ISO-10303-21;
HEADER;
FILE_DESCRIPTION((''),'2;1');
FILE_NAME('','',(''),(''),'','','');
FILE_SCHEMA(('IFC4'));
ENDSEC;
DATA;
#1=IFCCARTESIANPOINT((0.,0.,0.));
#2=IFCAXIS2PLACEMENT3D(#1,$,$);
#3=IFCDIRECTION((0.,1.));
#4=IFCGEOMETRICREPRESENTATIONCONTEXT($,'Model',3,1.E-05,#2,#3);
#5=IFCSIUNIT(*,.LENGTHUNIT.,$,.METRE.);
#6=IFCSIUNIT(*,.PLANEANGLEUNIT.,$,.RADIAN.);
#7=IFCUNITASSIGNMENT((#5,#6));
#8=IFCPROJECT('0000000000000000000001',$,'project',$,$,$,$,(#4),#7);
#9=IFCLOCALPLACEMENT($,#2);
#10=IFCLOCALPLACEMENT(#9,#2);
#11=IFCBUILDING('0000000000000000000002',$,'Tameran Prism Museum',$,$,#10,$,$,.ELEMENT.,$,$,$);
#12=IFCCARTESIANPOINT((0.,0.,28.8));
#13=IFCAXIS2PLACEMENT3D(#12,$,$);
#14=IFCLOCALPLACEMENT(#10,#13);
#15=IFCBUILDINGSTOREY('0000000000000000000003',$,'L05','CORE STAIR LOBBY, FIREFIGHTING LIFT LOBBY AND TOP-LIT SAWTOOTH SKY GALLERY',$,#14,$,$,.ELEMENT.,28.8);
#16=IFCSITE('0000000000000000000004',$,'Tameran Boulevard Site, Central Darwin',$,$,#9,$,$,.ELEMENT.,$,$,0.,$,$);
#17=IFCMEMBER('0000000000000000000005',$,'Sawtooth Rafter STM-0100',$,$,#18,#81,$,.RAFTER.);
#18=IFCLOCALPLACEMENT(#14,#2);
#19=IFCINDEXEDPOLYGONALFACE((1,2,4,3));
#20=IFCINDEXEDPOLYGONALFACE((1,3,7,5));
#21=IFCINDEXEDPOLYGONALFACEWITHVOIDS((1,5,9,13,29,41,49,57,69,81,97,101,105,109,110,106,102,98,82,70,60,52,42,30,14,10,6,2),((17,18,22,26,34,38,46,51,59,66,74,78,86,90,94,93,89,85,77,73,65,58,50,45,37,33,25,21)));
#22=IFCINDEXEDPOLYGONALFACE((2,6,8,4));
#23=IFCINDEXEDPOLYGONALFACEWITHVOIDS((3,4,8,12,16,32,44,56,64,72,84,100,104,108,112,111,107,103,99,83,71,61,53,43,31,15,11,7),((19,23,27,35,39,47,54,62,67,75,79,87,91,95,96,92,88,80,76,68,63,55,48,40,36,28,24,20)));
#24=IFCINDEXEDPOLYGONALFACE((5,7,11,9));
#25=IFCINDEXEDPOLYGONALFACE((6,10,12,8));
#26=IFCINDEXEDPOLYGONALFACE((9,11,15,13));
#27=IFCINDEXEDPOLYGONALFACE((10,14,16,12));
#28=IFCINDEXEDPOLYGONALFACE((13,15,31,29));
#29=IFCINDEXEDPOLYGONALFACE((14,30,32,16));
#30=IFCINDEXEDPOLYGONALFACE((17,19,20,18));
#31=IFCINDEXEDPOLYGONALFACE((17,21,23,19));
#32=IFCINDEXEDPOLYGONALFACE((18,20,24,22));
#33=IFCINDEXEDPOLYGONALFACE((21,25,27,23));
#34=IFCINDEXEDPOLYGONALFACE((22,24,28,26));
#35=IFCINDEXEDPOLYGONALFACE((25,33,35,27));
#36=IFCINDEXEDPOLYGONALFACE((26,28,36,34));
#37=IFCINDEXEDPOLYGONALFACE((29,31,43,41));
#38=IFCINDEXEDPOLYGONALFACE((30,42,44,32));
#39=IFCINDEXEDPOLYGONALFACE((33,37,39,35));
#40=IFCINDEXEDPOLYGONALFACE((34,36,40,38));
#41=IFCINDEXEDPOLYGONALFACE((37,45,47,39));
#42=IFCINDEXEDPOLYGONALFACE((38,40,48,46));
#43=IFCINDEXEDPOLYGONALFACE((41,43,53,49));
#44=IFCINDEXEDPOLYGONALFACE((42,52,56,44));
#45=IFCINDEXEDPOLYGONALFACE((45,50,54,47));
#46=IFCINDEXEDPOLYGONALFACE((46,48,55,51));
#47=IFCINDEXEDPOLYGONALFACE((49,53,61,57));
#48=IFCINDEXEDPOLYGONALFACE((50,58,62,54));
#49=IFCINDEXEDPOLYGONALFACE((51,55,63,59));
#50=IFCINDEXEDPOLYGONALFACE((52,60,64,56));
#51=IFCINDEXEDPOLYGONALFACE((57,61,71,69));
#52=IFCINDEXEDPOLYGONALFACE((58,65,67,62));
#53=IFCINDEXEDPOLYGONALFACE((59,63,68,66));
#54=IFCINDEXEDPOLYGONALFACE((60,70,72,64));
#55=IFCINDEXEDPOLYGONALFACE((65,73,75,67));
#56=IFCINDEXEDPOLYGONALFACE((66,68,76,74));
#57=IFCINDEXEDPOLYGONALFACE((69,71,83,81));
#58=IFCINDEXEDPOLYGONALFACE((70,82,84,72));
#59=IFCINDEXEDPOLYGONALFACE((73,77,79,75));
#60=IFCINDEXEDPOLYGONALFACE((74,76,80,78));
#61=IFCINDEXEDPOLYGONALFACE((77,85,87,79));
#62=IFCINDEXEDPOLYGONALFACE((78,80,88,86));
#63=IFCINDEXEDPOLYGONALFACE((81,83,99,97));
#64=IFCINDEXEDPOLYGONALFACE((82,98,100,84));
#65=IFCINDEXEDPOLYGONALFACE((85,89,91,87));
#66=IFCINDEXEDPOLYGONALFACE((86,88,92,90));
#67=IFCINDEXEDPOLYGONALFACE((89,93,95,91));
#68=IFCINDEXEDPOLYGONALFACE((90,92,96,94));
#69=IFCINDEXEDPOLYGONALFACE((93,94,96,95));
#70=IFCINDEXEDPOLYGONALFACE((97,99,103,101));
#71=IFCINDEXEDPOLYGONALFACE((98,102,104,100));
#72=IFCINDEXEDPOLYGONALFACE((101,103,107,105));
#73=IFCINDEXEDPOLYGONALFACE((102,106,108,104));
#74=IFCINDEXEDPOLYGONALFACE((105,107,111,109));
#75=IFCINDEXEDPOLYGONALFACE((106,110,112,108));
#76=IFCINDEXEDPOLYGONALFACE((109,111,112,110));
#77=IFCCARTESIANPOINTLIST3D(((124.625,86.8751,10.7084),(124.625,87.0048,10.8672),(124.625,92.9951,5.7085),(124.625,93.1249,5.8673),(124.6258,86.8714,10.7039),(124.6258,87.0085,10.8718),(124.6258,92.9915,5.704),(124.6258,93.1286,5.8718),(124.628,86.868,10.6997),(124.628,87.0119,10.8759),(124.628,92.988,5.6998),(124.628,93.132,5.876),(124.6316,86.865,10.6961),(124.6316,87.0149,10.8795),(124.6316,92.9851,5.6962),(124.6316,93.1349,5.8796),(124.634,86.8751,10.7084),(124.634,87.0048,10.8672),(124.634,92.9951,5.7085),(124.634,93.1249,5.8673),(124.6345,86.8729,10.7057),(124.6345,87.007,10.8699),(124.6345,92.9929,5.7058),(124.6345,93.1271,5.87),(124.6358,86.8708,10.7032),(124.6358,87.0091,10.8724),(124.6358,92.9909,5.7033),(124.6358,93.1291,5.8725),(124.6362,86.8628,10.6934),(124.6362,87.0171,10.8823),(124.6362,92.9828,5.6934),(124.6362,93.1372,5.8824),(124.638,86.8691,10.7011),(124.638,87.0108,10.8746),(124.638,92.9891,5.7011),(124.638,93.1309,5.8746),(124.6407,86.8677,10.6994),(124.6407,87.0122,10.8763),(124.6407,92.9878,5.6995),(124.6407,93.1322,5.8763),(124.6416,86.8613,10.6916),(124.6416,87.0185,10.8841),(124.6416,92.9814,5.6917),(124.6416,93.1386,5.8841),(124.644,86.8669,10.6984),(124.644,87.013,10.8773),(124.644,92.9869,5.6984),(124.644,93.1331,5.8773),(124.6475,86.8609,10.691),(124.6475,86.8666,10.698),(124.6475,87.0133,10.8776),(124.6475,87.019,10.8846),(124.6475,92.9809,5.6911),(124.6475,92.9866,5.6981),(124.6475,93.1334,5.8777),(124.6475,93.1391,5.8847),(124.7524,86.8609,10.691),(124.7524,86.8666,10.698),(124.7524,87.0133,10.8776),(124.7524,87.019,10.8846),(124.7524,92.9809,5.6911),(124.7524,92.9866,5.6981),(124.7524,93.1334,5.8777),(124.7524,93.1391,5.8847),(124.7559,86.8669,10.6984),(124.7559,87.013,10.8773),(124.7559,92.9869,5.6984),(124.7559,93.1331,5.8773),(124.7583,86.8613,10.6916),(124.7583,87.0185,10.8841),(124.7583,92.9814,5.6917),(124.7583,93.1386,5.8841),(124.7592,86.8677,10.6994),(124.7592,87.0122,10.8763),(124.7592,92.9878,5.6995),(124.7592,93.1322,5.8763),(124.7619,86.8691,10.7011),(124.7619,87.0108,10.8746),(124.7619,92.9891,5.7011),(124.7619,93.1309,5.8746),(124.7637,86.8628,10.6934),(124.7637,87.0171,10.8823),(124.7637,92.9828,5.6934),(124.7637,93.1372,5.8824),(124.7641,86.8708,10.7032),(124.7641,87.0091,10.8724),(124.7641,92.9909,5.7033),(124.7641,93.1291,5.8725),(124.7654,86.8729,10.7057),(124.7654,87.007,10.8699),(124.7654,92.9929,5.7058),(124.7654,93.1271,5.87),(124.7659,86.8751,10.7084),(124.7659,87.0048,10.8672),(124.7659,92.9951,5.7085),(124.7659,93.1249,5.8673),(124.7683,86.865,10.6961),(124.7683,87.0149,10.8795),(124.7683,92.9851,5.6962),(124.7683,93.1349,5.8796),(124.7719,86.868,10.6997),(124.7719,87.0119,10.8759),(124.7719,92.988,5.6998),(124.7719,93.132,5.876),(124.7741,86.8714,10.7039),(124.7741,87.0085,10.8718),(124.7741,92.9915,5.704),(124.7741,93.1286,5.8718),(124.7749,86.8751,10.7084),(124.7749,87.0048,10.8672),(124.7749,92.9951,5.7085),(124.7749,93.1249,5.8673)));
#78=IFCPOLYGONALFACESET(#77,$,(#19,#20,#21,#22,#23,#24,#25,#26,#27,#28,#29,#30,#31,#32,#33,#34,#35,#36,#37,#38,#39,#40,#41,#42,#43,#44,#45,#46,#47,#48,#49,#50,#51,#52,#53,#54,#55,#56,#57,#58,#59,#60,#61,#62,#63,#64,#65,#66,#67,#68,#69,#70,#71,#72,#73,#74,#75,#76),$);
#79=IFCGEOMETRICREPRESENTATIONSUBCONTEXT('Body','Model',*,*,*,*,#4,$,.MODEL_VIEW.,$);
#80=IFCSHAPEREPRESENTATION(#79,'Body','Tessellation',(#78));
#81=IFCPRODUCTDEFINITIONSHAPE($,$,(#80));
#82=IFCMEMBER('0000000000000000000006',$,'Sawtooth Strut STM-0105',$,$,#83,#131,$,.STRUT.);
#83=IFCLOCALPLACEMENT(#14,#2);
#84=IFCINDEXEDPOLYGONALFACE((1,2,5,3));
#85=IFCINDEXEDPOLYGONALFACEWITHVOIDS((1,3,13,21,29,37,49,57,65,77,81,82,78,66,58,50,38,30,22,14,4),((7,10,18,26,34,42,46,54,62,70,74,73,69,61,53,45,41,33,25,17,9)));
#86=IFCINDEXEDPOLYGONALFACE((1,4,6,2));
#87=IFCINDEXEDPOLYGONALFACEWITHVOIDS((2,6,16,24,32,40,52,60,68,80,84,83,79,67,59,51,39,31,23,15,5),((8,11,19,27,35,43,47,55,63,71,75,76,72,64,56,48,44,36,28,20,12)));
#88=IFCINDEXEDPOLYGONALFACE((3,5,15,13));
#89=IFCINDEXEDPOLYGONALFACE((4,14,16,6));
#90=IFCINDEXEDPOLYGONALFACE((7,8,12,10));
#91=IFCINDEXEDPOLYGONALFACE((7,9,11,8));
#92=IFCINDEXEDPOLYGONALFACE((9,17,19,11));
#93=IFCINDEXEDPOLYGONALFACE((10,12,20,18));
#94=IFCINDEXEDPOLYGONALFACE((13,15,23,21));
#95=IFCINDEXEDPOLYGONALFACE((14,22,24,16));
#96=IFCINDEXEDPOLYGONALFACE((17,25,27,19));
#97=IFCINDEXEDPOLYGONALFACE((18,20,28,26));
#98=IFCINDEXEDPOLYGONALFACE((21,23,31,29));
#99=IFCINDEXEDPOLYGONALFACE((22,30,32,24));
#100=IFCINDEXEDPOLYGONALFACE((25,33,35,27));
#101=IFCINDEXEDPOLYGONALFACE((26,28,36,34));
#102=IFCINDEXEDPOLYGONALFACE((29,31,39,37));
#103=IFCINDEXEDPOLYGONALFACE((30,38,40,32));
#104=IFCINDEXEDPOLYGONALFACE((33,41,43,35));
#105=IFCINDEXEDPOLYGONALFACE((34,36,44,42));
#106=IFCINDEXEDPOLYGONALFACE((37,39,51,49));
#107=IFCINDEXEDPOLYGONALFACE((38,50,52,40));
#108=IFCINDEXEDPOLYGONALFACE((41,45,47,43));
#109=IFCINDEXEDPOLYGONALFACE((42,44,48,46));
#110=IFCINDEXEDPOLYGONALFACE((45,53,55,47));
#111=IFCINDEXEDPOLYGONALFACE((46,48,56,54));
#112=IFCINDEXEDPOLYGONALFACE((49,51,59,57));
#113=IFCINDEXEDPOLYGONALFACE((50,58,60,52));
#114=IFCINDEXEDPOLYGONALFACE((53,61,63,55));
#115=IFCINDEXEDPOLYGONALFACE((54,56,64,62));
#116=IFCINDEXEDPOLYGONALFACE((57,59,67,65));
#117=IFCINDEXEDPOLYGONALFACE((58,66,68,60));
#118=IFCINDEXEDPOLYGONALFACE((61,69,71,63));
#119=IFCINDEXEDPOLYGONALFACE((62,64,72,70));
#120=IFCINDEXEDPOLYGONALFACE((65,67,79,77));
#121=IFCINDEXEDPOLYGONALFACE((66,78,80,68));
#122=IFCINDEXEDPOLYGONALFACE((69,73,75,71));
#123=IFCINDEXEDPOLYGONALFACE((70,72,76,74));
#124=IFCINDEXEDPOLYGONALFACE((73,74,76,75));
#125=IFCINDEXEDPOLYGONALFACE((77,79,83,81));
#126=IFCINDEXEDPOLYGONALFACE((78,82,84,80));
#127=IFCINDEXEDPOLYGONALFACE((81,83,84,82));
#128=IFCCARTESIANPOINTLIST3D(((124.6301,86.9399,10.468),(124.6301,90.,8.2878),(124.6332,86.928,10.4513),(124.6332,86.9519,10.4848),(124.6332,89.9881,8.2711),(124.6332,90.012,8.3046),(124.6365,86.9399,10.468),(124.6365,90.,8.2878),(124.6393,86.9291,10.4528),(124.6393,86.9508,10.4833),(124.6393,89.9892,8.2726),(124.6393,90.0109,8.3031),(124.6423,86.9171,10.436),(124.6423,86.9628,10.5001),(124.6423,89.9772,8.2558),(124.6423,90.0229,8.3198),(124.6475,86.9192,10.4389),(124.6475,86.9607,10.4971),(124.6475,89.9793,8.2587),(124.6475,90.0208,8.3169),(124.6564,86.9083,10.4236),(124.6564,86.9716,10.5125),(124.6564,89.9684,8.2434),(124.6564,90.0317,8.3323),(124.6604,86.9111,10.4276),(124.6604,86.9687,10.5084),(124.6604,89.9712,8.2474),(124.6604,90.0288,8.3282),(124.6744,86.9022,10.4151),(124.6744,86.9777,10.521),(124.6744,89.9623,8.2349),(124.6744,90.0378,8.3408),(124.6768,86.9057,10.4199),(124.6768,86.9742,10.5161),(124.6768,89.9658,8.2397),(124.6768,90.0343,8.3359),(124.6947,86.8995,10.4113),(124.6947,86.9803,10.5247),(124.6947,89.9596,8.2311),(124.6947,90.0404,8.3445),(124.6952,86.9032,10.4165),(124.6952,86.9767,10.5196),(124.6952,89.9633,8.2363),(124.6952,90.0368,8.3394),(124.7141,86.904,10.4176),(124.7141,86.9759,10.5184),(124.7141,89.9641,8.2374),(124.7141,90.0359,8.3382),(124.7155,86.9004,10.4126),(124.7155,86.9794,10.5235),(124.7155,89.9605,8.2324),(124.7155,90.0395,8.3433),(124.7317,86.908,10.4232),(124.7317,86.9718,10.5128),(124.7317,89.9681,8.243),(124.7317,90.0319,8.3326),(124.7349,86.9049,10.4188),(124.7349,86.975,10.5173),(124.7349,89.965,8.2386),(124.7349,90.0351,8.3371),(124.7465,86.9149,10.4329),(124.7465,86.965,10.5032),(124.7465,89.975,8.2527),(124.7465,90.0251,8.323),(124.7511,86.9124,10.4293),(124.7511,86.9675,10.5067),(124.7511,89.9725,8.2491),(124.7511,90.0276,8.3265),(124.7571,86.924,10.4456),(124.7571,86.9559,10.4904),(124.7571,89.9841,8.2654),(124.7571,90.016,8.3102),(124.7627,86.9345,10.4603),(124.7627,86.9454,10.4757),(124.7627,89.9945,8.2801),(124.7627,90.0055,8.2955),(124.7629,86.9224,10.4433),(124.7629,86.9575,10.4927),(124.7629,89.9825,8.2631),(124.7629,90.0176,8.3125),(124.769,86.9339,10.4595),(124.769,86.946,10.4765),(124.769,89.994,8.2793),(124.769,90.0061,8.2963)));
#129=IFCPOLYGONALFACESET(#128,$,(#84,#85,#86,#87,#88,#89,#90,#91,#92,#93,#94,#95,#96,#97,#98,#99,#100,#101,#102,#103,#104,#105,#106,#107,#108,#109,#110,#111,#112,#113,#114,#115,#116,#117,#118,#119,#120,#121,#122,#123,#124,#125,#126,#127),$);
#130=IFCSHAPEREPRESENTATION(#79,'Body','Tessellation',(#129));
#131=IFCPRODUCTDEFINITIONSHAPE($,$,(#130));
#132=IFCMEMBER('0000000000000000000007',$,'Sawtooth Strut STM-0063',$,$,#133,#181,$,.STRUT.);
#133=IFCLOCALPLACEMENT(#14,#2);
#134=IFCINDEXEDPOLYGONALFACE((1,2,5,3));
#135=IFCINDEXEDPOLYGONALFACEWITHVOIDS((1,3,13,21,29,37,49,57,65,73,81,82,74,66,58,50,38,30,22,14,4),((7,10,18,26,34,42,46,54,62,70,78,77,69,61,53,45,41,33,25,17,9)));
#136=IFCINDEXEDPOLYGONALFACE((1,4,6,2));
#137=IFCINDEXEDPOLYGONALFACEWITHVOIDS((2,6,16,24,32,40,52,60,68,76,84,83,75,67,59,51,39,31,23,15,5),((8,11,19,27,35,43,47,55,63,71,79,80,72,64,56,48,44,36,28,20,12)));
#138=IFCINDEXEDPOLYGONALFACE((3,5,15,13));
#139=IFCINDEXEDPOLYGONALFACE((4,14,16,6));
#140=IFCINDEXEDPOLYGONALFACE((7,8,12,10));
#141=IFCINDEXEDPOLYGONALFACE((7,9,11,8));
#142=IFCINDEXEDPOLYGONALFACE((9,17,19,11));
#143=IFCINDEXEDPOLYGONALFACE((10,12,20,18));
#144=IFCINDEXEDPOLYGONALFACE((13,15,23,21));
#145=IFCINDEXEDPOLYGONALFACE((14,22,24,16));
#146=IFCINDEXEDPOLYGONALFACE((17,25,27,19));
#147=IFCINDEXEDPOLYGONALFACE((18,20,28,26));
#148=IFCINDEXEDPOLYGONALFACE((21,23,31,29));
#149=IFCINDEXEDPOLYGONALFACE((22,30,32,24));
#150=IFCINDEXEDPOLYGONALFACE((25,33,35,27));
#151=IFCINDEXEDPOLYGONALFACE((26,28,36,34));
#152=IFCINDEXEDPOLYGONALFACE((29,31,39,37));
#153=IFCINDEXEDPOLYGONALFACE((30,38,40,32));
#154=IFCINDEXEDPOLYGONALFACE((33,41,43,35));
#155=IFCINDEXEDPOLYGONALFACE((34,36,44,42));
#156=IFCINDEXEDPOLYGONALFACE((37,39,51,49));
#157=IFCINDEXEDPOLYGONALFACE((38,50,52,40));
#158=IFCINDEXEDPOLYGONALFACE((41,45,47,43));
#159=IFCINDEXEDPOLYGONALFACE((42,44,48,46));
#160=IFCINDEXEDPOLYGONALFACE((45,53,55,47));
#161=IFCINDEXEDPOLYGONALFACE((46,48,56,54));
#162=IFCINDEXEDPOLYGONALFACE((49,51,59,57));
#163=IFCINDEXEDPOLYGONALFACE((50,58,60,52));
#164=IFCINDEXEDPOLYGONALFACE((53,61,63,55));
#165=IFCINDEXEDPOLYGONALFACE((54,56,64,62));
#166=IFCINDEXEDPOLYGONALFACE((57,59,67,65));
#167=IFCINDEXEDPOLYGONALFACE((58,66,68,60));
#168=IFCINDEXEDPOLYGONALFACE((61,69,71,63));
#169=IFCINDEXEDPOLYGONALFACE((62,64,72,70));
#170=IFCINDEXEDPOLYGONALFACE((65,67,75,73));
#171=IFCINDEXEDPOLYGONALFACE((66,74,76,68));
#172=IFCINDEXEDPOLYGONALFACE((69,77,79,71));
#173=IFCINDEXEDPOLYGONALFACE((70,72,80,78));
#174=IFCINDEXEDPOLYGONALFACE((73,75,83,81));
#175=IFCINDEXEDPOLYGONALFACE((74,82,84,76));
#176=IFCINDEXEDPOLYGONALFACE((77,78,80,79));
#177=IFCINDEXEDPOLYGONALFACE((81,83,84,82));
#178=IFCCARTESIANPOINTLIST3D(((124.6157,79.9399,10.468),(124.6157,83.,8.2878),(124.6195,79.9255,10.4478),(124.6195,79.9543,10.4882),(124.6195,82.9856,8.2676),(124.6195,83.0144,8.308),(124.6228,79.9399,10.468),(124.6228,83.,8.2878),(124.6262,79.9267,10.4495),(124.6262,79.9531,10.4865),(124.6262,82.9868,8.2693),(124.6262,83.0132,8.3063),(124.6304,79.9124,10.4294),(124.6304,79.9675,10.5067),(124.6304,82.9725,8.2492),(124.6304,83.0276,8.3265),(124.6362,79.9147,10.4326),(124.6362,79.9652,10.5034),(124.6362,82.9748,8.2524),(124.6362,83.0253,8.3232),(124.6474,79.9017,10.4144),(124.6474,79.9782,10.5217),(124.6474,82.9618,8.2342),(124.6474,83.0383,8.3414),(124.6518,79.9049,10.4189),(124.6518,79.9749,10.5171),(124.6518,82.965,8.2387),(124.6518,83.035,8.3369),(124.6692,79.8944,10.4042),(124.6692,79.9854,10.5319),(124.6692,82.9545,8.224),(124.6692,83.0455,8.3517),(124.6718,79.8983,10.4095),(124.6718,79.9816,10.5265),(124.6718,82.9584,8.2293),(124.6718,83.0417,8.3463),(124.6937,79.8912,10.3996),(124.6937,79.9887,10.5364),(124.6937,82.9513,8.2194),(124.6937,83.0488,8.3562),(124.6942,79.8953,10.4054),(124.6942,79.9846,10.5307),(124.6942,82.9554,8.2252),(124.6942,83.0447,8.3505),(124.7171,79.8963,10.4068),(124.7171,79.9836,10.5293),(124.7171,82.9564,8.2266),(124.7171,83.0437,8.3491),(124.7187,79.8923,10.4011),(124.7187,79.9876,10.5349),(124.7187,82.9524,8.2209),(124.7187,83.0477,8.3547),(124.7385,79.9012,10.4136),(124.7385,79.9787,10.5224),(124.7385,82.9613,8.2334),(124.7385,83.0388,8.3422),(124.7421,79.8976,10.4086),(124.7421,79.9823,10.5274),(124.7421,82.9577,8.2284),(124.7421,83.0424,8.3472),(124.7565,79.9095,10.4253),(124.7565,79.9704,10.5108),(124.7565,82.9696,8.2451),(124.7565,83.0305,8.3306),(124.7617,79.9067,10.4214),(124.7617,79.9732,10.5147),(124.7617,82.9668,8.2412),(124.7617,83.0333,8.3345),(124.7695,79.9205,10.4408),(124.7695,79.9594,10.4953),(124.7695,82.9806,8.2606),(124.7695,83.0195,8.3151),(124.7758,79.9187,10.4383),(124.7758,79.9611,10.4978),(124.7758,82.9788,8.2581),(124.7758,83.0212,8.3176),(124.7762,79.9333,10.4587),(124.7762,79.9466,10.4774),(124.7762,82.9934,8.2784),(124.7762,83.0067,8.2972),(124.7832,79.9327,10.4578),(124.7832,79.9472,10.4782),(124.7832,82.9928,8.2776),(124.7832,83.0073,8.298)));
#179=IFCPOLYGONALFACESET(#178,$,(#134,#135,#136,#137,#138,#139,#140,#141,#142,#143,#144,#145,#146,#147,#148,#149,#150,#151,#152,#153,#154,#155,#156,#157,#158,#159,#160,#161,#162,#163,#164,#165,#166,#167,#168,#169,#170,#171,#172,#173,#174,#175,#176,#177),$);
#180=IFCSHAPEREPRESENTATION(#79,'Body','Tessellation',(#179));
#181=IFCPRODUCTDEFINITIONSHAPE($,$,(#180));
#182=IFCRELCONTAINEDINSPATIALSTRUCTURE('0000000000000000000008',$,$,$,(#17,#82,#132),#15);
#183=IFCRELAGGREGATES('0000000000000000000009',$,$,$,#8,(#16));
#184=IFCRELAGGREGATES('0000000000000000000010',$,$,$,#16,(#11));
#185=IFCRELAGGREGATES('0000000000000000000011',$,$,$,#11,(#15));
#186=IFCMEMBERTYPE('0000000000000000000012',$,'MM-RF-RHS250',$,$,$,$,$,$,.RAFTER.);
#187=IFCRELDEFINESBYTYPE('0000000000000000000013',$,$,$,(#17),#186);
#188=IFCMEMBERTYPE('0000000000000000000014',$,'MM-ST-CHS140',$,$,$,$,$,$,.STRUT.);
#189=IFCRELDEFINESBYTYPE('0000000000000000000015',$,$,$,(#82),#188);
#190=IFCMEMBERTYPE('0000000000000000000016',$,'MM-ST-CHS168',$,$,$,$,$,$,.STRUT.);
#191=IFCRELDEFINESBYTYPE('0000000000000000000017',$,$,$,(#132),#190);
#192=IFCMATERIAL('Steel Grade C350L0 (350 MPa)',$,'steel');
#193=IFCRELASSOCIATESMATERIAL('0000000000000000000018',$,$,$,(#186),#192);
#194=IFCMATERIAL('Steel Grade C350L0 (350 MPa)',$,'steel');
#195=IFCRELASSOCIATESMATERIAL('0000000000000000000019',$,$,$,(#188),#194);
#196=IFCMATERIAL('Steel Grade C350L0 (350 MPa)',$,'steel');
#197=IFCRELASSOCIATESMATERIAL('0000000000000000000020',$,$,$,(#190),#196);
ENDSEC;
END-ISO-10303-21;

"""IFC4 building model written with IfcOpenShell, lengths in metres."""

from ifc_helpers import new_model, si_unit, direction, frame, origin, origin_2d, place, context, subcontext, project, spatial, hollow_rectangle, hollow_circle, extrude, material, material_profile, profile_set, type_object, element, save


model = new_model("IFC4")

# Units and contexts
model_context = context("Model", 3, precision=1e-05, world=origin(), true_north=direction((0.0, 1.0)))
body_context = subcontext(model_context, "Body", "Model", "MODEL_VIEW")
ifc_project = project(units=[si_unit("LENGTHUNIT", "METRE"), si_unit("PLANEANGLEUNIT", "RADIAN")], contexts=[model_context])

# Site, building, storey
site_placement = place(None, origin())
site = spatial("IfcSite", under=ifc_project, at=site_placement, Name="Tameran Boulevard Site, Central Darwin", CompositionType="ELEMENT", RefElevation=0.0)
building_placement = place(site_placement, origin())
building = spatial("IfcBuilding", under=site, at=building_placement, Name="Tameran Prism Museum", CompositionType="ELEMENT")
storey_placement = place(building_placement, frame((0.0, 0.0, 28.8)))
storey = spatial("IfcBuildingStorey", under=building, at=storey_placement, Name="L05", Description="CORE STAIR LOBBY, FIREFIGHTING LIFT LOBBY AND TOP-LIT SAWTOOTH SKY GALLERY", CompositionType="ELEMENT", Elevation=28.8)

# Members
ifc_material_1 = material(Name="Steel Grade C350L0 (350 MPa)", Category="steel")
ifc_material_profile_1 = material_profile(ifc_material_1, hollow_rectangle(XDim=0.1499, YDim=0.25, WallThickness=0.009, InnerFilletRadius=0.0134, OuterFilletRadius=0.0225, at=origin_2d()))
ifc_profile_set_1 = profile_set([ifc_material_profile_1])
member_type_1 = type_object("IfcMemberType", Name="MM-RF-RHS250", PredefinedType="RAFTER", material=ifc_profile_set_1)
for number, where, z_axis, x_axis, name in (
    (1, (124.7, 86.9399, 10.7878), (0.0, 0.774414, -0.632679), (-1.0, 0.0, 0.0), "Sawtooth Rafter STM-0100"),
):
    element("IfcMember", number, at=place(storey_placement, frame(where, z_axis=z_axis, x_axis=x_axis)), inside=storey, type_object=member_type_1, Name=name, PredefinedType="RAFTER", context=body_context, shape_type="SweptSolid", body=[
        extrude(hollow_rectangle(XDim=0.1499, YDim=0.25, WallThickness=0.009, InnerFilletRadius=0.0134, OuterFilletRadius=0.0225, at=origin_2d()), origin(), (0.0, 0.0, 1.0), 7.9028),
    ])
ifc_material_2 = material(Name="Steel Grade C350L0 (350 MPa)", Category="steel")
ifc_material_profile_2 = material_profile(ifc_material_2, hollow_circle(Radius=0.0698, WallThickness=0.0063, at=origin_2d()))
ifc_profile_set_2 = profile_set([ifc_material_profile_2])
member_type_2 = type_object("IfcMemberType", Name="MM-ST-CHS140", PredefinedType="STRUT", material=ifc_profile_set_2)
member_1_placement = place(storey_placement, frame((124.7, 86.9399, 10.468), z_axis=(0.0, 0.814435, -0.580254), x_axis=(-1.0, 0.0, 0.0)))
element("IfcMember", 2, at=member_1_placement, inside=storey, type_object=member_type_2, Name="Sawtooth Strut STM-0105", PredefinedType="STRUT", context=body_context, shape_type="SweptSolid", body=[
    extrude(hollow_circle(Radius=0.0698, WallThickness=0.0063, at=origin_2d()), origin(), (0.0, 0.0, 1.0), 3.7573),
])
ifc_material_3 = material(Name="Steel Grade C350L0 (350 MPa)", Category="steel")
ifc_material_profile_3 = material_profile(ifc_material_3, hollow_circle(Radius=0.0842, WallThickness=0.0071, at=origin_2d()))
ifc_profile_set_3 = profile_set([ifc_material_profile_3])
member_type_3 = type_object("IfcMemberType", Name="MM-ST-CHS168", PredefinedType="STRUT", material=ifc_profile_set_3)
for number, where, z_axis, x_axis, name in (
    (3, (124.7, 79.9399, 10.468), (0.0, 0.814435, -0.580254), (-1.0, 0.0, 0.0), "Sawtooth Strut STM-0063"),
):
    element("IfcMember", number, at=place(storey_placement, frame(where, z_axis=z_axis, x_axis=x_axis)), inside=storey, type_object=member_type_3, Name=name, PredefinedType="STRUT", context=body_context, shape_type="SweptSolid", body=[
        extrude(hollow_circle(Radius=0.0842, WallThickness=0.0071, at=origin_2d()), origin(), (0.0, 0.0, 1.0), 3.7573),
    ])

save(model, "model.ifc")
